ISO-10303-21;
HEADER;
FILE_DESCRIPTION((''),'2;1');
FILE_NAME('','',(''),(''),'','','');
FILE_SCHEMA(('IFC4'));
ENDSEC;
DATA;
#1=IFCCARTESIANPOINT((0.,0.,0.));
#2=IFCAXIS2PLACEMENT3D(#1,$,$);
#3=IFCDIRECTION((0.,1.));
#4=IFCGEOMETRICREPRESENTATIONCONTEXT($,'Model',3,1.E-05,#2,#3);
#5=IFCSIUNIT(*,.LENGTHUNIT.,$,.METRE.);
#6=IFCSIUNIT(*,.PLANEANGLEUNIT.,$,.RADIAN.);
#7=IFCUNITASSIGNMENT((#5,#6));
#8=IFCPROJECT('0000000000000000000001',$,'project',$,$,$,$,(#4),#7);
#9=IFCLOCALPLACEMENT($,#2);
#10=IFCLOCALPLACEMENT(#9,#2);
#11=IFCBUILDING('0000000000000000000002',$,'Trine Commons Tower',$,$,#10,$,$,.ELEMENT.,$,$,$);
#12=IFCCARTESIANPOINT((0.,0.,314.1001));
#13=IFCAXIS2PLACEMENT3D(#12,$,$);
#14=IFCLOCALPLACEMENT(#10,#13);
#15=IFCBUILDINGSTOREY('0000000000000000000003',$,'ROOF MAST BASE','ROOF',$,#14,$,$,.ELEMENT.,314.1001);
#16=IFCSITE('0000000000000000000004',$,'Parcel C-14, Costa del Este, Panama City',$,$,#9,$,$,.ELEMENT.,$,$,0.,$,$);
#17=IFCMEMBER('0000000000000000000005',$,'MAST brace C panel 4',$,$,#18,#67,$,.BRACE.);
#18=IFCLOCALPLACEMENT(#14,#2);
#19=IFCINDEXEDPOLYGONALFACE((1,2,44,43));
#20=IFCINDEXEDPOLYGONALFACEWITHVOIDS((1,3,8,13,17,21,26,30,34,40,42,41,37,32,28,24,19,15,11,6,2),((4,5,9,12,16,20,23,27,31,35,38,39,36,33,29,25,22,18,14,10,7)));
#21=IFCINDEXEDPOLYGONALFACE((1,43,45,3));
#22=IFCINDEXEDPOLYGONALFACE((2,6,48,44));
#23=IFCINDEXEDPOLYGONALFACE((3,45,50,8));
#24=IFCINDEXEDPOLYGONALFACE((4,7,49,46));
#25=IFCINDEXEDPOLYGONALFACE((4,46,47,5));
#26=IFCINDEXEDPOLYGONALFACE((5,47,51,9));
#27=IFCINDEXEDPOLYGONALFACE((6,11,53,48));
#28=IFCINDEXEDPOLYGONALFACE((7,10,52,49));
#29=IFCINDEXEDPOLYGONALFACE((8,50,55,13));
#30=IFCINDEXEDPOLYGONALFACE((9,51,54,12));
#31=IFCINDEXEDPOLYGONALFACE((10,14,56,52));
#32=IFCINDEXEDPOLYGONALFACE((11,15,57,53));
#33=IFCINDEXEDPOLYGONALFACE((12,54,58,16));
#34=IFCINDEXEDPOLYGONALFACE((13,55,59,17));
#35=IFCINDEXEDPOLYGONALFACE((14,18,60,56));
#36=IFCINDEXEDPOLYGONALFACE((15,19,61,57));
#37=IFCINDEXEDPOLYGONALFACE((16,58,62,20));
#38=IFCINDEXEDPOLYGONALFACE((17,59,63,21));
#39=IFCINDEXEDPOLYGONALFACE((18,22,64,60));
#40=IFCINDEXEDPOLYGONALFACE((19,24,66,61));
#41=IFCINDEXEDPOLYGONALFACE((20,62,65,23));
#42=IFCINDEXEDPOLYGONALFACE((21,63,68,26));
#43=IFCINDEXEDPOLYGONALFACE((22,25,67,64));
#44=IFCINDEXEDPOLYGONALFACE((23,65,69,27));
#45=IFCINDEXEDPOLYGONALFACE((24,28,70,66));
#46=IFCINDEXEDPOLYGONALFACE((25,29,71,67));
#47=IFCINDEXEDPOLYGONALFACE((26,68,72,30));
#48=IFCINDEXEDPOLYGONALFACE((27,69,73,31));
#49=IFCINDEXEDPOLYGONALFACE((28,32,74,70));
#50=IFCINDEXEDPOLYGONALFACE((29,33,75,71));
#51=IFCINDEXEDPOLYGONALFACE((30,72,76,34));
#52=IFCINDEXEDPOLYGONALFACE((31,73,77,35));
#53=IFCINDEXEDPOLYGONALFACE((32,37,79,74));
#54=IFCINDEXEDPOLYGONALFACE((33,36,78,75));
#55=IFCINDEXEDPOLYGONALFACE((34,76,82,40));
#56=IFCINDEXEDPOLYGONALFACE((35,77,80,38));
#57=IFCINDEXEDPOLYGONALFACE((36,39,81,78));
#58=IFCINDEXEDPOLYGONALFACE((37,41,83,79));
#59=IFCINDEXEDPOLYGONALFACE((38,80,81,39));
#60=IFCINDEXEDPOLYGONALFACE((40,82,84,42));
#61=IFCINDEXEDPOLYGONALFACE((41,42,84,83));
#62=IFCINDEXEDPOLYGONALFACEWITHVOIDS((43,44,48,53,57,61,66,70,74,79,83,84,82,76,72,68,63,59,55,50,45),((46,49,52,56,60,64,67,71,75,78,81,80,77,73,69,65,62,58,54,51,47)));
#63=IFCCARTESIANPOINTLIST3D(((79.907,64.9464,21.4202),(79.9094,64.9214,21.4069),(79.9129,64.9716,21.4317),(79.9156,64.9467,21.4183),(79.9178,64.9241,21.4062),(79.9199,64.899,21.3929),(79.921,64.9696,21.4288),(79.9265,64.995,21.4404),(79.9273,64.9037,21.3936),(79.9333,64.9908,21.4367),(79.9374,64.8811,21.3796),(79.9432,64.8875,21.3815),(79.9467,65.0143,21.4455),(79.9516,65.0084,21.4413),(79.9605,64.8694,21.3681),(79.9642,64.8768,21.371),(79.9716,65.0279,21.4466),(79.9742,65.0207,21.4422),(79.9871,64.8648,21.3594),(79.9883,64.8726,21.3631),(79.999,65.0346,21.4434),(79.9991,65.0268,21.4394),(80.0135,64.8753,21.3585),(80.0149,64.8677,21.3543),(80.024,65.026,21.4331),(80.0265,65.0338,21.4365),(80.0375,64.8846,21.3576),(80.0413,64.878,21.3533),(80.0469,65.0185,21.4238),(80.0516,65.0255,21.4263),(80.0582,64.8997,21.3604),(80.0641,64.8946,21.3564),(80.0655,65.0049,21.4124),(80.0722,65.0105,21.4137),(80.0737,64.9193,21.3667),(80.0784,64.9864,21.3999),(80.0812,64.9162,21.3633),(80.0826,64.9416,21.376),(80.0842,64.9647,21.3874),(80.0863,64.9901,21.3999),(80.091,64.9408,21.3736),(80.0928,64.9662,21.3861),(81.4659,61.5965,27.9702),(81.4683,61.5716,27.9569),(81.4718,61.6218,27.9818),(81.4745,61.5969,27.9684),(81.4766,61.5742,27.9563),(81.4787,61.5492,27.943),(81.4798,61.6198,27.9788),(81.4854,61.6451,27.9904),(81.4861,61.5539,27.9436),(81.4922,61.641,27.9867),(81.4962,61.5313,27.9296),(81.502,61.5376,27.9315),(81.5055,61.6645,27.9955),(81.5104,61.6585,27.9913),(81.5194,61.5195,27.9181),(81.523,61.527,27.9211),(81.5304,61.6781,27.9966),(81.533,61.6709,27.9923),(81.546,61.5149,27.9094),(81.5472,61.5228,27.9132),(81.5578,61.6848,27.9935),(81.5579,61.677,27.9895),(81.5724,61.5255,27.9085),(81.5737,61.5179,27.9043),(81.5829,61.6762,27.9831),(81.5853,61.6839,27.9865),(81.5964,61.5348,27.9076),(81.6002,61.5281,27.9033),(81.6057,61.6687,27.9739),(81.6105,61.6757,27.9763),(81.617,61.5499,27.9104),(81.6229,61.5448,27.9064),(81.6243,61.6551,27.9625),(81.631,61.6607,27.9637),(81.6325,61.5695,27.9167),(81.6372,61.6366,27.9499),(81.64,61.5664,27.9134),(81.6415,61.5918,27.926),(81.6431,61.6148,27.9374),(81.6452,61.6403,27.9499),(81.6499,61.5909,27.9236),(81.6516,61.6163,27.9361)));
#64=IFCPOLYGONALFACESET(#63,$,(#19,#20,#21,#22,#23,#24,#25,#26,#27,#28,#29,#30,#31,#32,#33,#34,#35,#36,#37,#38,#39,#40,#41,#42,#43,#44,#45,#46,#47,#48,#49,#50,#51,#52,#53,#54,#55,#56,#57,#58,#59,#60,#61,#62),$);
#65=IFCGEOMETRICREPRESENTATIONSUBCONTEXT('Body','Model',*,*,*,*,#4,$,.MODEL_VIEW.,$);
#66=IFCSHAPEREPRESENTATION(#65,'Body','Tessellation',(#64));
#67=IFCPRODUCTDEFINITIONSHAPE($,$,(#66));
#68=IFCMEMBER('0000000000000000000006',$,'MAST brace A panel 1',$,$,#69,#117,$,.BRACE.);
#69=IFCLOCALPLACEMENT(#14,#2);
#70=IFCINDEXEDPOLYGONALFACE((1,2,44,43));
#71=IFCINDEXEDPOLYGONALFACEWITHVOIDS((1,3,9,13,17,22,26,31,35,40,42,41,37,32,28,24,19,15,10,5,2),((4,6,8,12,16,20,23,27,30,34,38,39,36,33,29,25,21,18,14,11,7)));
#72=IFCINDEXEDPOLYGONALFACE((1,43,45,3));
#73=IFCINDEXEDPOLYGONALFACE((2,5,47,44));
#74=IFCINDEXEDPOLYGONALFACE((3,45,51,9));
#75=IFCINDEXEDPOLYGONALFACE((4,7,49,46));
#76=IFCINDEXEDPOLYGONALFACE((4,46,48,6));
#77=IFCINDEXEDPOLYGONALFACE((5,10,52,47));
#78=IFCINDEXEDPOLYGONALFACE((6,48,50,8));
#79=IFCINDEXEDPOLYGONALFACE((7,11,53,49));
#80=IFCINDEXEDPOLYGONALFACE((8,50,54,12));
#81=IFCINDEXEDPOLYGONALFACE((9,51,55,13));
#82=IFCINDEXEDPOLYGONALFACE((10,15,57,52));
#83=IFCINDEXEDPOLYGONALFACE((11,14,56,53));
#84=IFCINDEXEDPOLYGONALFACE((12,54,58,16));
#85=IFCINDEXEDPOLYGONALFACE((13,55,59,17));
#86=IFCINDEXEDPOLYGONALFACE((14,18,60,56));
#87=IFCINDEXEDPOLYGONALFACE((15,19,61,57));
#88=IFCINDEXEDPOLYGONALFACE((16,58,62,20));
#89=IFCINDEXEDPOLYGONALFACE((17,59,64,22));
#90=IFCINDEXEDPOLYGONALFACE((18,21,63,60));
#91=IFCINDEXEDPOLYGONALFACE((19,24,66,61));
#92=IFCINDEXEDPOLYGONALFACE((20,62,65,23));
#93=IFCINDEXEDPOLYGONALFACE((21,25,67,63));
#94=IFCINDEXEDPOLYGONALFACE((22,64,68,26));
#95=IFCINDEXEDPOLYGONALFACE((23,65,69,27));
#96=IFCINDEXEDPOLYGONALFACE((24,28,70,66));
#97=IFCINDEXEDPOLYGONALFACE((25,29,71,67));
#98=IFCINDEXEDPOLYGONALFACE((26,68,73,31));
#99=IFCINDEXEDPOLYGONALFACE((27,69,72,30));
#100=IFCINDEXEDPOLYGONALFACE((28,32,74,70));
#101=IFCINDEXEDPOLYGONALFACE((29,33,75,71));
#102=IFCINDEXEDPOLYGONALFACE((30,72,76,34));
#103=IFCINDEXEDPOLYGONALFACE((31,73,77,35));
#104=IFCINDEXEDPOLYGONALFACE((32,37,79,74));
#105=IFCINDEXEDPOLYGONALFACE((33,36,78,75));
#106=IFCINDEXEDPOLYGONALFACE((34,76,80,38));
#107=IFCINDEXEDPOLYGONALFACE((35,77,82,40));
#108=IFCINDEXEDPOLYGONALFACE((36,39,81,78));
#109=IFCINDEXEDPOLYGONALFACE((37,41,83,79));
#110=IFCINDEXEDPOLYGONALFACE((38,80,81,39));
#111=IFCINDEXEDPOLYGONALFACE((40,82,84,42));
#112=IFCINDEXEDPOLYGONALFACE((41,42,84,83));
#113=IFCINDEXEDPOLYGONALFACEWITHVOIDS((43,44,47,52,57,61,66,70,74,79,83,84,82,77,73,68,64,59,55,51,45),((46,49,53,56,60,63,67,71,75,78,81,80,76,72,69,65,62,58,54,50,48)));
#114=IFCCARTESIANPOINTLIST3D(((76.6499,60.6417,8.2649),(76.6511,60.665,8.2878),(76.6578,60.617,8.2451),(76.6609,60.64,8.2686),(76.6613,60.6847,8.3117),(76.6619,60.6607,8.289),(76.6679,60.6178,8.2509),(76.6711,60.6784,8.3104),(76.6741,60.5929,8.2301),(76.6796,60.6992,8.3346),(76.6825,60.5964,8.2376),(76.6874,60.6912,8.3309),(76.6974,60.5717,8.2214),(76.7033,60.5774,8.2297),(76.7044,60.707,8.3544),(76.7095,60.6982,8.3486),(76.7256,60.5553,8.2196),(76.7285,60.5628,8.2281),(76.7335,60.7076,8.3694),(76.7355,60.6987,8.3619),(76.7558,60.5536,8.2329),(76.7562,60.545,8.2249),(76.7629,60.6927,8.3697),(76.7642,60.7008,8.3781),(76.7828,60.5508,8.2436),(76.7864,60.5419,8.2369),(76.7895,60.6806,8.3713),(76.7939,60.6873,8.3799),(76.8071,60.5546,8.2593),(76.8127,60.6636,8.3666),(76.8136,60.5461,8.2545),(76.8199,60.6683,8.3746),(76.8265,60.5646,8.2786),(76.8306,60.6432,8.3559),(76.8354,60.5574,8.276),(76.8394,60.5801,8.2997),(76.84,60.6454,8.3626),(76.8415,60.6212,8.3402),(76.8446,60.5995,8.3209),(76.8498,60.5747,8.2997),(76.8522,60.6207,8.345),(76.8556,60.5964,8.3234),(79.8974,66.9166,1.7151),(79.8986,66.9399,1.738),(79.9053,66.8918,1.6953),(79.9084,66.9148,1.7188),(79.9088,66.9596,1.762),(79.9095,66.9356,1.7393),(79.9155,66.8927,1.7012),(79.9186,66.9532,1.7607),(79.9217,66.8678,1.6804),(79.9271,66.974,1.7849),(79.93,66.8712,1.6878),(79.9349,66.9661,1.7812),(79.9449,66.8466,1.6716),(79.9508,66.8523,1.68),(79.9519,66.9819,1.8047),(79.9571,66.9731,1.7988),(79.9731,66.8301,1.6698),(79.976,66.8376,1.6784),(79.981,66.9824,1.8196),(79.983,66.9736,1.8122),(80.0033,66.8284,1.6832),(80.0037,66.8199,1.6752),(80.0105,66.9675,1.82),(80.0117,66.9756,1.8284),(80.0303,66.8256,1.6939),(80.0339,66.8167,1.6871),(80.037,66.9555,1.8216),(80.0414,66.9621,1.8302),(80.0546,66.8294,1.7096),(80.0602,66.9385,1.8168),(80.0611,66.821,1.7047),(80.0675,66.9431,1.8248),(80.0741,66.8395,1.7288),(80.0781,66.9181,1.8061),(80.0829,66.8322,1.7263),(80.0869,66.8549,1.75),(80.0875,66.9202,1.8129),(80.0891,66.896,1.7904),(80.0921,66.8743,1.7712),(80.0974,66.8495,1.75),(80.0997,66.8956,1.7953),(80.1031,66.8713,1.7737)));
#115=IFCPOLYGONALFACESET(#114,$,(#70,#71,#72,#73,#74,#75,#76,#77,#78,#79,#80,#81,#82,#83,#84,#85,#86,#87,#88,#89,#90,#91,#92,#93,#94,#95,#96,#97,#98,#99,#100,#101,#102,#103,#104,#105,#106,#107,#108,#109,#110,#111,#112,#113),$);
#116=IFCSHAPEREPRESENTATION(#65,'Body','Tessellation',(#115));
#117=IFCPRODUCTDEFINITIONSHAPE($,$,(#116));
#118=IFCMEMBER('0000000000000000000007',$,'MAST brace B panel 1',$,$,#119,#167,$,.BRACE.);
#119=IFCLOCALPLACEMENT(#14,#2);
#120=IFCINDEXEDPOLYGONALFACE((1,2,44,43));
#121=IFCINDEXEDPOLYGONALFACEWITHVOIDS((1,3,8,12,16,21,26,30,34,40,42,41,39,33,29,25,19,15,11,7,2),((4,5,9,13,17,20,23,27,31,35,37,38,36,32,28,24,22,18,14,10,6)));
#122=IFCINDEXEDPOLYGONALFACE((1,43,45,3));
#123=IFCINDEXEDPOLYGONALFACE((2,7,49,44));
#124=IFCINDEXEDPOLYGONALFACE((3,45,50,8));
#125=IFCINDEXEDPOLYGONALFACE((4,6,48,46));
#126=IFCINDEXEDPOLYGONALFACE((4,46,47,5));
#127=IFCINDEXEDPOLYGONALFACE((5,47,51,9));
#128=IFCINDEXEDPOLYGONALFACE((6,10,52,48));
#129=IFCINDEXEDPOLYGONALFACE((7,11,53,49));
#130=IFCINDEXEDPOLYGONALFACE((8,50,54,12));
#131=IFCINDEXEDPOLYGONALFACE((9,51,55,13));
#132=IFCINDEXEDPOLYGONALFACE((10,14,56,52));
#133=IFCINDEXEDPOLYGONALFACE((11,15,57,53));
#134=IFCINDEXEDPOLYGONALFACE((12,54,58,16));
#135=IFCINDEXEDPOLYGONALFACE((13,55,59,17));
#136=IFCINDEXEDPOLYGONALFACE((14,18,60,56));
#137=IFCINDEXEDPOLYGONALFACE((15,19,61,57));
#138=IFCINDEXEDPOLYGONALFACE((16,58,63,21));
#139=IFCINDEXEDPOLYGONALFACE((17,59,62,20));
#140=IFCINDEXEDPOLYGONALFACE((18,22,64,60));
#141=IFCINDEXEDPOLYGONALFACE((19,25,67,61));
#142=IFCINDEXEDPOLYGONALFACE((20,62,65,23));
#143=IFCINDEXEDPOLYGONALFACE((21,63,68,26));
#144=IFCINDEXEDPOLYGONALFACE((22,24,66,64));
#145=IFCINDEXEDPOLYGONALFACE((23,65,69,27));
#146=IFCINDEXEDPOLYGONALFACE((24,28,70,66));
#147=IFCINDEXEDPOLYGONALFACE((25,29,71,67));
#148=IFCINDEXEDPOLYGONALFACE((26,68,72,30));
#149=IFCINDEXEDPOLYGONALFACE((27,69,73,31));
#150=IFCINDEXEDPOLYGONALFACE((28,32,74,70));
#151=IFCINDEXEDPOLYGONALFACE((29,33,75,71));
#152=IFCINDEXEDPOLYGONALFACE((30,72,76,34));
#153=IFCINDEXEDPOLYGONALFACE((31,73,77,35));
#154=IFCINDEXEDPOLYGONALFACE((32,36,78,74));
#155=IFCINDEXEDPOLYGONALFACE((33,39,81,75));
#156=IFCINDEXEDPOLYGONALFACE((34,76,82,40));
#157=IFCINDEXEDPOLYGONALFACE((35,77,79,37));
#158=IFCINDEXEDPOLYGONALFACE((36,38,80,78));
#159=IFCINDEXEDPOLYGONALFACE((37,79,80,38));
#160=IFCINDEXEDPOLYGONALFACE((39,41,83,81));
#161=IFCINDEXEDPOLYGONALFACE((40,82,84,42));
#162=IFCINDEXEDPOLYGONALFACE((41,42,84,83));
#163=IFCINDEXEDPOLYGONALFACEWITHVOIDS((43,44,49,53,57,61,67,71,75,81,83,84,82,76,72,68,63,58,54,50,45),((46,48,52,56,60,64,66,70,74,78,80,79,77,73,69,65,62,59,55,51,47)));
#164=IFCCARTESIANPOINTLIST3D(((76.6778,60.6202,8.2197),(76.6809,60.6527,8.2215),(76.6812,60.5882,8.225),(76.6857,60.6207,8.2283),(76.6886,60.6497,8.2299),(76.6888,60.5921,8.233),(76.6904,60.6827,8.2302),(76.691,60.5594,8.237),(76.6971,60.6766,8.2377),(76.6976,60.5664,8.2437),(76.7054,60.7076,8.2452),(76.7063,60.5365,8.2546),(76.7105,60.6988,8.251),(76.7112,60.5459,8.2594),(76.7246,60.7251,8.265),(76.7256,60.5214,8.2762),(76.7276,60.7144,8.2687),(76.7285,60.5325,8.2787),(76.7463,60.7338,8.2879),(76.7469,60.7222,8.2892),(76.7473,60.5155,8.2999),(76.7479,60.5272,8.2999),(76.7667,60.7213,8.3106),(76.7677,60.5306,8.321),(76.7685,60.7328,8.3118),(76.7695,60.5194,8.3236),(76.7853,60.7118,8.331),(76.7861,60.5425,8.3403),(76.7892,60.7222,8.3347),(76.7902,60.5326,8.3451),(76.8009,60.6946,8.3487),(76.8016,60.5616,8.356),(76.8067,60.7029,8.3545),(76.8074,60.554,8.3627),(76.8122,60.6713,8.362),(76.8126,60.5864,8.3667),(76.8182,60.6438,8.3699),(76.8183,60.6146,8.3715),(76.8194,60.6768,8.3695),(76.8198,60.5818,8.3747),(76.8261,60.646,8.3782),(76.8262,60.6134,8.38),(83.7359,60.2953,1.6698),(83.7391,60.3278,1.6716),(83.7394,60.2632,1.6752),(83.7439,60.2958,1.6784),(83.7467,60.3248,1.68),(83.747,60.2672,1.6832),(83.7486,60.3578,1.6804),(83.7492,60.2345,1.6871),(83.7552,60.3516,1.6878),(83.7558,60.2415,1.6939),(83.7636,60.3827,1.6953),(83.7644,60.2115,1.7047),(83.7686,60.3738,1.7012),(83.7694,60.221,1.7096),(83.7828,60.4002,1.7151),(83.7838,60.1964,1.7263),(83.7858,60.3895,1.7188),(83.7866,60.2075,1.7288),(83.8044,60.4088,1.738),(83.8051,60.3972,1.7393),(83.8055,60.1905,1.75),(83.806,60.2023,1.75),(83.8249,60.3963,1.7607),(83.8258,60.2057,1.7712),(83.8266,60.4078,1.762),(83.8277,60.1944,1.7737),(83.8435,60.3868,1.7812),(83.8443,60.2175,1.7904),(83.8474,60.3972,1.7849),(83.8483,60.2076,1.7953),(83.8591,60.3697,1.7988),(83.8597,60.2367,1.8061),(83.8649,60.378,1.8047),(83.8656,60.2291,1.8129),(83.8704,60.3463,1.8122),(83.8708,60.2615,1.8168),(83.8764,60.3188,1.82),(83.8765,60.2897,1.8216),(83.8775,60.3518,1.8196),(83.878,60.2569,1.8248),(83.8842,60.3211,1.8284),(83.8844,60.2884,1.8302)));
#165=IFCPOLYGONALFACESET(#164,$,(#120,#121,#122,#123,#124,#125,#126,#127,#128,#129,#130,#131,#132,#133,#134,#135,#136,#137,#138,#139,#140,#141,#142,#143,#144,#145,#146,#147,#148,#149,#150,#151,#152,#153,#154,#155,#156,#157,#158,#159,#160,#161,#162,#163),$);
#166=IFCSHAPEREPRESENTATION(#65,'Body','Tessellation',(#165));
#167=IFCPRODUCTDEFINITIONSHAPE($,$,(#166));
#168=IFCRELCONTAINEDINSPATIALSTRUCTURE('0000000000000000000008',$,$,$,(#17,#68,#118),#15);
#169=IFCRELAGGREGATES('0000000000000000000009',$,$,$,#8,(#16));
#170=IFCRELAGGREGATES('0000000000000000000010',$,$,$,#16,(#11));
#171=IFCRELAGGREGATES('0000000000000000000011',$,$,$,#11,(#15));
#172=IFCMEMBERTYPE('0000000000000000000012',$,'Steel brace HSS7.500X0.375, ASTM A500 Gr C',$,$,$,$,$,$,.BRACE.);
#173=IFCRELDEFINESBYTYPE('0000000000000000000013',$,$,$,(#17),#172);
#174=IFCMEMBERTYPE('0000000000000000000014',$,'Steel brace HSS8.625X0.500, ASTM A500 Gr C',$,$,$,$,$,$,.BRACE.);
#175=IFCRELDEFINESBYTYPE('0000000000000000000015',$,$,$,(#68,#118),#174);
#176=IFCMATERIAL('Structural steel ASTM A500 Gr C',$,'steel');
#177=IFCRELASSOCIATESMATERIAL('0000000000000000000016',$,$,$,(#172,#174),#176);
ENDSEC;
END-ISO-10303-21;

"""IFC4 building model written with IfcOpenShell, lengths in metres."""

from ifc_helpers import new_model, si_unit, direction, frame, origin, origin_2d, place, context, subcontext, project, spatial, hollow_circle, extrude, material, material_profile, profile_set, type_object, element, save


model = new_model("IFC4")

# Units and contexts
model_context = context("Model", 3, precision=1e-05, world=origin(), true_north=direction((0.0, 1.0)))
body_context = subcontext(model_context, "Body", "Model", "MODEL_VIEW")
ifc_project = project(units=[si_unit("LENGTHUNIT", "METRE"), si_unit("PLANEANGLEUNIT", "RADIAN")], contexts=[model_context])

# Site, building, storey
site_placement = place(None, origin())
site = spatial("IfcSite", under=ifc_project, at=site_placement, Name="Parcel C-14, Costa del Este, Panama City", CompositionType="ELEMENT", RefElevation=0.0)
building_placement = place(site_placement, origin())
building = spatial("IfcBuilding", under=site, at=building_placement, Name="Trine Commons Tower", CompositionType="ELEMENT")
storey_placement = place(building_placement, frame((0.0, 0.0, 314.1001)))
storey = spatial("IfcBuildingStorey", under=building, at=storey_placement, Name="ROOF MAST BASE", Description="ROOF", CompositionType="ELEMENT", Elevation=314.1001)

# Members
ifc_material_1 = material(Name="Structural steel ASTM A500 Gr C", Category="steel")
ifc_material_profile_1 = material_profile(ifc_material_1, hollow_circle(Radius=0.0952, WallThickness=0.0088, at=origin_2d()), Name="HSS7.500X0.375")
ifc_profile_set_1 = profile_set([ifc_material_profile_1], Name="Structural steel ASTM A500 Gr C")
member_type_1 = type_object("IfcMemberType", Name="Steel brace HSS7.500X0.375, ASTM A500 Gr C", PredefinedType="BRACE", material=ifc_profile_set_1)
member_1_placement = place(storey_placement, frame((80.0, 64.95, 21.3999), z_axis=(0.207285, -0.445443, 0.870985), x_axis=(0.906642, 0.421901, 0.0)))
element("IfcMember", 1, at=member_1_placement, inside=storey, type_object=member_type_1, Name="MAST brace C panel 4", PredefinedType="BRACE", context=body_context, shape_type="SweptSolid", body=[
    extrude(hollow_circle(Radius=0.0952, WallThickness=0.0088, at=origin_2d()), origin(), (0.0, 0.0, 1.0), 7.5203),
])
ifc_material_profile_2 = material_profile(ifc_material_1, hollow_circle(Radius=0.1096, WallThickness=0.0117, at=origin_2d()), Name="HSS8.625X0.500")
ifc_profile_set_2 = profile_set([ifc_material_profile_2], Name="Structural steel ASTM A500 Gr C")
member_type_2 = type_object("IfcMemberType", Name="Steel brace HSS8.625X0.500, ASTM A500 Gr C", PredefinedType="BRACE", material=ifc_profile_set_2)
member_2_placement = place(storey_placement, frame((80.0, 66.8999, 1.75), z_axis=(-0.337081, -0.651304, 0.679838), x_axis=(0.888107, -0.459637, 0.0)))
element("IfcMember", 2, at=member_2_placement, inside=storey, type_object=member_type_2, Name="MAST brace A panel 1", PredefinedType="BRACE", context=body_context, shape_type="SweptSolid", body=[
    extrude(hollow_circle(Radius=0.1096, WallThickness=0.0117, at=origin_2d()), origin(), (0.0, 0.0, 1.0), 9.6343),
])
for number, where, z_axis, x_axis, name in (
    (3, (83.8105, 60.3, 1.75), (-0.732591, 0.033728, 0.679833), (-0.045991, -0.998942, 0.0), "MAST brace B panel 1"),
):
    element("IfcMember", number, at=place(storey_placement, frame(where, z_axis=z_axis, x_axis=x_axis)), inside=storey, type_object=member_type_2, Name=name, PredefinedType="BRACE", context=body_context, shape_type="SweptSolid", body=[
        extrude(hollow_circle(Radius=0.1096, WallThickness=0.0117, at=origin_2d()), origin(), (0.0, 0.0, 1.0), 9.6345),
    ])

save(model, "model.ifc")
